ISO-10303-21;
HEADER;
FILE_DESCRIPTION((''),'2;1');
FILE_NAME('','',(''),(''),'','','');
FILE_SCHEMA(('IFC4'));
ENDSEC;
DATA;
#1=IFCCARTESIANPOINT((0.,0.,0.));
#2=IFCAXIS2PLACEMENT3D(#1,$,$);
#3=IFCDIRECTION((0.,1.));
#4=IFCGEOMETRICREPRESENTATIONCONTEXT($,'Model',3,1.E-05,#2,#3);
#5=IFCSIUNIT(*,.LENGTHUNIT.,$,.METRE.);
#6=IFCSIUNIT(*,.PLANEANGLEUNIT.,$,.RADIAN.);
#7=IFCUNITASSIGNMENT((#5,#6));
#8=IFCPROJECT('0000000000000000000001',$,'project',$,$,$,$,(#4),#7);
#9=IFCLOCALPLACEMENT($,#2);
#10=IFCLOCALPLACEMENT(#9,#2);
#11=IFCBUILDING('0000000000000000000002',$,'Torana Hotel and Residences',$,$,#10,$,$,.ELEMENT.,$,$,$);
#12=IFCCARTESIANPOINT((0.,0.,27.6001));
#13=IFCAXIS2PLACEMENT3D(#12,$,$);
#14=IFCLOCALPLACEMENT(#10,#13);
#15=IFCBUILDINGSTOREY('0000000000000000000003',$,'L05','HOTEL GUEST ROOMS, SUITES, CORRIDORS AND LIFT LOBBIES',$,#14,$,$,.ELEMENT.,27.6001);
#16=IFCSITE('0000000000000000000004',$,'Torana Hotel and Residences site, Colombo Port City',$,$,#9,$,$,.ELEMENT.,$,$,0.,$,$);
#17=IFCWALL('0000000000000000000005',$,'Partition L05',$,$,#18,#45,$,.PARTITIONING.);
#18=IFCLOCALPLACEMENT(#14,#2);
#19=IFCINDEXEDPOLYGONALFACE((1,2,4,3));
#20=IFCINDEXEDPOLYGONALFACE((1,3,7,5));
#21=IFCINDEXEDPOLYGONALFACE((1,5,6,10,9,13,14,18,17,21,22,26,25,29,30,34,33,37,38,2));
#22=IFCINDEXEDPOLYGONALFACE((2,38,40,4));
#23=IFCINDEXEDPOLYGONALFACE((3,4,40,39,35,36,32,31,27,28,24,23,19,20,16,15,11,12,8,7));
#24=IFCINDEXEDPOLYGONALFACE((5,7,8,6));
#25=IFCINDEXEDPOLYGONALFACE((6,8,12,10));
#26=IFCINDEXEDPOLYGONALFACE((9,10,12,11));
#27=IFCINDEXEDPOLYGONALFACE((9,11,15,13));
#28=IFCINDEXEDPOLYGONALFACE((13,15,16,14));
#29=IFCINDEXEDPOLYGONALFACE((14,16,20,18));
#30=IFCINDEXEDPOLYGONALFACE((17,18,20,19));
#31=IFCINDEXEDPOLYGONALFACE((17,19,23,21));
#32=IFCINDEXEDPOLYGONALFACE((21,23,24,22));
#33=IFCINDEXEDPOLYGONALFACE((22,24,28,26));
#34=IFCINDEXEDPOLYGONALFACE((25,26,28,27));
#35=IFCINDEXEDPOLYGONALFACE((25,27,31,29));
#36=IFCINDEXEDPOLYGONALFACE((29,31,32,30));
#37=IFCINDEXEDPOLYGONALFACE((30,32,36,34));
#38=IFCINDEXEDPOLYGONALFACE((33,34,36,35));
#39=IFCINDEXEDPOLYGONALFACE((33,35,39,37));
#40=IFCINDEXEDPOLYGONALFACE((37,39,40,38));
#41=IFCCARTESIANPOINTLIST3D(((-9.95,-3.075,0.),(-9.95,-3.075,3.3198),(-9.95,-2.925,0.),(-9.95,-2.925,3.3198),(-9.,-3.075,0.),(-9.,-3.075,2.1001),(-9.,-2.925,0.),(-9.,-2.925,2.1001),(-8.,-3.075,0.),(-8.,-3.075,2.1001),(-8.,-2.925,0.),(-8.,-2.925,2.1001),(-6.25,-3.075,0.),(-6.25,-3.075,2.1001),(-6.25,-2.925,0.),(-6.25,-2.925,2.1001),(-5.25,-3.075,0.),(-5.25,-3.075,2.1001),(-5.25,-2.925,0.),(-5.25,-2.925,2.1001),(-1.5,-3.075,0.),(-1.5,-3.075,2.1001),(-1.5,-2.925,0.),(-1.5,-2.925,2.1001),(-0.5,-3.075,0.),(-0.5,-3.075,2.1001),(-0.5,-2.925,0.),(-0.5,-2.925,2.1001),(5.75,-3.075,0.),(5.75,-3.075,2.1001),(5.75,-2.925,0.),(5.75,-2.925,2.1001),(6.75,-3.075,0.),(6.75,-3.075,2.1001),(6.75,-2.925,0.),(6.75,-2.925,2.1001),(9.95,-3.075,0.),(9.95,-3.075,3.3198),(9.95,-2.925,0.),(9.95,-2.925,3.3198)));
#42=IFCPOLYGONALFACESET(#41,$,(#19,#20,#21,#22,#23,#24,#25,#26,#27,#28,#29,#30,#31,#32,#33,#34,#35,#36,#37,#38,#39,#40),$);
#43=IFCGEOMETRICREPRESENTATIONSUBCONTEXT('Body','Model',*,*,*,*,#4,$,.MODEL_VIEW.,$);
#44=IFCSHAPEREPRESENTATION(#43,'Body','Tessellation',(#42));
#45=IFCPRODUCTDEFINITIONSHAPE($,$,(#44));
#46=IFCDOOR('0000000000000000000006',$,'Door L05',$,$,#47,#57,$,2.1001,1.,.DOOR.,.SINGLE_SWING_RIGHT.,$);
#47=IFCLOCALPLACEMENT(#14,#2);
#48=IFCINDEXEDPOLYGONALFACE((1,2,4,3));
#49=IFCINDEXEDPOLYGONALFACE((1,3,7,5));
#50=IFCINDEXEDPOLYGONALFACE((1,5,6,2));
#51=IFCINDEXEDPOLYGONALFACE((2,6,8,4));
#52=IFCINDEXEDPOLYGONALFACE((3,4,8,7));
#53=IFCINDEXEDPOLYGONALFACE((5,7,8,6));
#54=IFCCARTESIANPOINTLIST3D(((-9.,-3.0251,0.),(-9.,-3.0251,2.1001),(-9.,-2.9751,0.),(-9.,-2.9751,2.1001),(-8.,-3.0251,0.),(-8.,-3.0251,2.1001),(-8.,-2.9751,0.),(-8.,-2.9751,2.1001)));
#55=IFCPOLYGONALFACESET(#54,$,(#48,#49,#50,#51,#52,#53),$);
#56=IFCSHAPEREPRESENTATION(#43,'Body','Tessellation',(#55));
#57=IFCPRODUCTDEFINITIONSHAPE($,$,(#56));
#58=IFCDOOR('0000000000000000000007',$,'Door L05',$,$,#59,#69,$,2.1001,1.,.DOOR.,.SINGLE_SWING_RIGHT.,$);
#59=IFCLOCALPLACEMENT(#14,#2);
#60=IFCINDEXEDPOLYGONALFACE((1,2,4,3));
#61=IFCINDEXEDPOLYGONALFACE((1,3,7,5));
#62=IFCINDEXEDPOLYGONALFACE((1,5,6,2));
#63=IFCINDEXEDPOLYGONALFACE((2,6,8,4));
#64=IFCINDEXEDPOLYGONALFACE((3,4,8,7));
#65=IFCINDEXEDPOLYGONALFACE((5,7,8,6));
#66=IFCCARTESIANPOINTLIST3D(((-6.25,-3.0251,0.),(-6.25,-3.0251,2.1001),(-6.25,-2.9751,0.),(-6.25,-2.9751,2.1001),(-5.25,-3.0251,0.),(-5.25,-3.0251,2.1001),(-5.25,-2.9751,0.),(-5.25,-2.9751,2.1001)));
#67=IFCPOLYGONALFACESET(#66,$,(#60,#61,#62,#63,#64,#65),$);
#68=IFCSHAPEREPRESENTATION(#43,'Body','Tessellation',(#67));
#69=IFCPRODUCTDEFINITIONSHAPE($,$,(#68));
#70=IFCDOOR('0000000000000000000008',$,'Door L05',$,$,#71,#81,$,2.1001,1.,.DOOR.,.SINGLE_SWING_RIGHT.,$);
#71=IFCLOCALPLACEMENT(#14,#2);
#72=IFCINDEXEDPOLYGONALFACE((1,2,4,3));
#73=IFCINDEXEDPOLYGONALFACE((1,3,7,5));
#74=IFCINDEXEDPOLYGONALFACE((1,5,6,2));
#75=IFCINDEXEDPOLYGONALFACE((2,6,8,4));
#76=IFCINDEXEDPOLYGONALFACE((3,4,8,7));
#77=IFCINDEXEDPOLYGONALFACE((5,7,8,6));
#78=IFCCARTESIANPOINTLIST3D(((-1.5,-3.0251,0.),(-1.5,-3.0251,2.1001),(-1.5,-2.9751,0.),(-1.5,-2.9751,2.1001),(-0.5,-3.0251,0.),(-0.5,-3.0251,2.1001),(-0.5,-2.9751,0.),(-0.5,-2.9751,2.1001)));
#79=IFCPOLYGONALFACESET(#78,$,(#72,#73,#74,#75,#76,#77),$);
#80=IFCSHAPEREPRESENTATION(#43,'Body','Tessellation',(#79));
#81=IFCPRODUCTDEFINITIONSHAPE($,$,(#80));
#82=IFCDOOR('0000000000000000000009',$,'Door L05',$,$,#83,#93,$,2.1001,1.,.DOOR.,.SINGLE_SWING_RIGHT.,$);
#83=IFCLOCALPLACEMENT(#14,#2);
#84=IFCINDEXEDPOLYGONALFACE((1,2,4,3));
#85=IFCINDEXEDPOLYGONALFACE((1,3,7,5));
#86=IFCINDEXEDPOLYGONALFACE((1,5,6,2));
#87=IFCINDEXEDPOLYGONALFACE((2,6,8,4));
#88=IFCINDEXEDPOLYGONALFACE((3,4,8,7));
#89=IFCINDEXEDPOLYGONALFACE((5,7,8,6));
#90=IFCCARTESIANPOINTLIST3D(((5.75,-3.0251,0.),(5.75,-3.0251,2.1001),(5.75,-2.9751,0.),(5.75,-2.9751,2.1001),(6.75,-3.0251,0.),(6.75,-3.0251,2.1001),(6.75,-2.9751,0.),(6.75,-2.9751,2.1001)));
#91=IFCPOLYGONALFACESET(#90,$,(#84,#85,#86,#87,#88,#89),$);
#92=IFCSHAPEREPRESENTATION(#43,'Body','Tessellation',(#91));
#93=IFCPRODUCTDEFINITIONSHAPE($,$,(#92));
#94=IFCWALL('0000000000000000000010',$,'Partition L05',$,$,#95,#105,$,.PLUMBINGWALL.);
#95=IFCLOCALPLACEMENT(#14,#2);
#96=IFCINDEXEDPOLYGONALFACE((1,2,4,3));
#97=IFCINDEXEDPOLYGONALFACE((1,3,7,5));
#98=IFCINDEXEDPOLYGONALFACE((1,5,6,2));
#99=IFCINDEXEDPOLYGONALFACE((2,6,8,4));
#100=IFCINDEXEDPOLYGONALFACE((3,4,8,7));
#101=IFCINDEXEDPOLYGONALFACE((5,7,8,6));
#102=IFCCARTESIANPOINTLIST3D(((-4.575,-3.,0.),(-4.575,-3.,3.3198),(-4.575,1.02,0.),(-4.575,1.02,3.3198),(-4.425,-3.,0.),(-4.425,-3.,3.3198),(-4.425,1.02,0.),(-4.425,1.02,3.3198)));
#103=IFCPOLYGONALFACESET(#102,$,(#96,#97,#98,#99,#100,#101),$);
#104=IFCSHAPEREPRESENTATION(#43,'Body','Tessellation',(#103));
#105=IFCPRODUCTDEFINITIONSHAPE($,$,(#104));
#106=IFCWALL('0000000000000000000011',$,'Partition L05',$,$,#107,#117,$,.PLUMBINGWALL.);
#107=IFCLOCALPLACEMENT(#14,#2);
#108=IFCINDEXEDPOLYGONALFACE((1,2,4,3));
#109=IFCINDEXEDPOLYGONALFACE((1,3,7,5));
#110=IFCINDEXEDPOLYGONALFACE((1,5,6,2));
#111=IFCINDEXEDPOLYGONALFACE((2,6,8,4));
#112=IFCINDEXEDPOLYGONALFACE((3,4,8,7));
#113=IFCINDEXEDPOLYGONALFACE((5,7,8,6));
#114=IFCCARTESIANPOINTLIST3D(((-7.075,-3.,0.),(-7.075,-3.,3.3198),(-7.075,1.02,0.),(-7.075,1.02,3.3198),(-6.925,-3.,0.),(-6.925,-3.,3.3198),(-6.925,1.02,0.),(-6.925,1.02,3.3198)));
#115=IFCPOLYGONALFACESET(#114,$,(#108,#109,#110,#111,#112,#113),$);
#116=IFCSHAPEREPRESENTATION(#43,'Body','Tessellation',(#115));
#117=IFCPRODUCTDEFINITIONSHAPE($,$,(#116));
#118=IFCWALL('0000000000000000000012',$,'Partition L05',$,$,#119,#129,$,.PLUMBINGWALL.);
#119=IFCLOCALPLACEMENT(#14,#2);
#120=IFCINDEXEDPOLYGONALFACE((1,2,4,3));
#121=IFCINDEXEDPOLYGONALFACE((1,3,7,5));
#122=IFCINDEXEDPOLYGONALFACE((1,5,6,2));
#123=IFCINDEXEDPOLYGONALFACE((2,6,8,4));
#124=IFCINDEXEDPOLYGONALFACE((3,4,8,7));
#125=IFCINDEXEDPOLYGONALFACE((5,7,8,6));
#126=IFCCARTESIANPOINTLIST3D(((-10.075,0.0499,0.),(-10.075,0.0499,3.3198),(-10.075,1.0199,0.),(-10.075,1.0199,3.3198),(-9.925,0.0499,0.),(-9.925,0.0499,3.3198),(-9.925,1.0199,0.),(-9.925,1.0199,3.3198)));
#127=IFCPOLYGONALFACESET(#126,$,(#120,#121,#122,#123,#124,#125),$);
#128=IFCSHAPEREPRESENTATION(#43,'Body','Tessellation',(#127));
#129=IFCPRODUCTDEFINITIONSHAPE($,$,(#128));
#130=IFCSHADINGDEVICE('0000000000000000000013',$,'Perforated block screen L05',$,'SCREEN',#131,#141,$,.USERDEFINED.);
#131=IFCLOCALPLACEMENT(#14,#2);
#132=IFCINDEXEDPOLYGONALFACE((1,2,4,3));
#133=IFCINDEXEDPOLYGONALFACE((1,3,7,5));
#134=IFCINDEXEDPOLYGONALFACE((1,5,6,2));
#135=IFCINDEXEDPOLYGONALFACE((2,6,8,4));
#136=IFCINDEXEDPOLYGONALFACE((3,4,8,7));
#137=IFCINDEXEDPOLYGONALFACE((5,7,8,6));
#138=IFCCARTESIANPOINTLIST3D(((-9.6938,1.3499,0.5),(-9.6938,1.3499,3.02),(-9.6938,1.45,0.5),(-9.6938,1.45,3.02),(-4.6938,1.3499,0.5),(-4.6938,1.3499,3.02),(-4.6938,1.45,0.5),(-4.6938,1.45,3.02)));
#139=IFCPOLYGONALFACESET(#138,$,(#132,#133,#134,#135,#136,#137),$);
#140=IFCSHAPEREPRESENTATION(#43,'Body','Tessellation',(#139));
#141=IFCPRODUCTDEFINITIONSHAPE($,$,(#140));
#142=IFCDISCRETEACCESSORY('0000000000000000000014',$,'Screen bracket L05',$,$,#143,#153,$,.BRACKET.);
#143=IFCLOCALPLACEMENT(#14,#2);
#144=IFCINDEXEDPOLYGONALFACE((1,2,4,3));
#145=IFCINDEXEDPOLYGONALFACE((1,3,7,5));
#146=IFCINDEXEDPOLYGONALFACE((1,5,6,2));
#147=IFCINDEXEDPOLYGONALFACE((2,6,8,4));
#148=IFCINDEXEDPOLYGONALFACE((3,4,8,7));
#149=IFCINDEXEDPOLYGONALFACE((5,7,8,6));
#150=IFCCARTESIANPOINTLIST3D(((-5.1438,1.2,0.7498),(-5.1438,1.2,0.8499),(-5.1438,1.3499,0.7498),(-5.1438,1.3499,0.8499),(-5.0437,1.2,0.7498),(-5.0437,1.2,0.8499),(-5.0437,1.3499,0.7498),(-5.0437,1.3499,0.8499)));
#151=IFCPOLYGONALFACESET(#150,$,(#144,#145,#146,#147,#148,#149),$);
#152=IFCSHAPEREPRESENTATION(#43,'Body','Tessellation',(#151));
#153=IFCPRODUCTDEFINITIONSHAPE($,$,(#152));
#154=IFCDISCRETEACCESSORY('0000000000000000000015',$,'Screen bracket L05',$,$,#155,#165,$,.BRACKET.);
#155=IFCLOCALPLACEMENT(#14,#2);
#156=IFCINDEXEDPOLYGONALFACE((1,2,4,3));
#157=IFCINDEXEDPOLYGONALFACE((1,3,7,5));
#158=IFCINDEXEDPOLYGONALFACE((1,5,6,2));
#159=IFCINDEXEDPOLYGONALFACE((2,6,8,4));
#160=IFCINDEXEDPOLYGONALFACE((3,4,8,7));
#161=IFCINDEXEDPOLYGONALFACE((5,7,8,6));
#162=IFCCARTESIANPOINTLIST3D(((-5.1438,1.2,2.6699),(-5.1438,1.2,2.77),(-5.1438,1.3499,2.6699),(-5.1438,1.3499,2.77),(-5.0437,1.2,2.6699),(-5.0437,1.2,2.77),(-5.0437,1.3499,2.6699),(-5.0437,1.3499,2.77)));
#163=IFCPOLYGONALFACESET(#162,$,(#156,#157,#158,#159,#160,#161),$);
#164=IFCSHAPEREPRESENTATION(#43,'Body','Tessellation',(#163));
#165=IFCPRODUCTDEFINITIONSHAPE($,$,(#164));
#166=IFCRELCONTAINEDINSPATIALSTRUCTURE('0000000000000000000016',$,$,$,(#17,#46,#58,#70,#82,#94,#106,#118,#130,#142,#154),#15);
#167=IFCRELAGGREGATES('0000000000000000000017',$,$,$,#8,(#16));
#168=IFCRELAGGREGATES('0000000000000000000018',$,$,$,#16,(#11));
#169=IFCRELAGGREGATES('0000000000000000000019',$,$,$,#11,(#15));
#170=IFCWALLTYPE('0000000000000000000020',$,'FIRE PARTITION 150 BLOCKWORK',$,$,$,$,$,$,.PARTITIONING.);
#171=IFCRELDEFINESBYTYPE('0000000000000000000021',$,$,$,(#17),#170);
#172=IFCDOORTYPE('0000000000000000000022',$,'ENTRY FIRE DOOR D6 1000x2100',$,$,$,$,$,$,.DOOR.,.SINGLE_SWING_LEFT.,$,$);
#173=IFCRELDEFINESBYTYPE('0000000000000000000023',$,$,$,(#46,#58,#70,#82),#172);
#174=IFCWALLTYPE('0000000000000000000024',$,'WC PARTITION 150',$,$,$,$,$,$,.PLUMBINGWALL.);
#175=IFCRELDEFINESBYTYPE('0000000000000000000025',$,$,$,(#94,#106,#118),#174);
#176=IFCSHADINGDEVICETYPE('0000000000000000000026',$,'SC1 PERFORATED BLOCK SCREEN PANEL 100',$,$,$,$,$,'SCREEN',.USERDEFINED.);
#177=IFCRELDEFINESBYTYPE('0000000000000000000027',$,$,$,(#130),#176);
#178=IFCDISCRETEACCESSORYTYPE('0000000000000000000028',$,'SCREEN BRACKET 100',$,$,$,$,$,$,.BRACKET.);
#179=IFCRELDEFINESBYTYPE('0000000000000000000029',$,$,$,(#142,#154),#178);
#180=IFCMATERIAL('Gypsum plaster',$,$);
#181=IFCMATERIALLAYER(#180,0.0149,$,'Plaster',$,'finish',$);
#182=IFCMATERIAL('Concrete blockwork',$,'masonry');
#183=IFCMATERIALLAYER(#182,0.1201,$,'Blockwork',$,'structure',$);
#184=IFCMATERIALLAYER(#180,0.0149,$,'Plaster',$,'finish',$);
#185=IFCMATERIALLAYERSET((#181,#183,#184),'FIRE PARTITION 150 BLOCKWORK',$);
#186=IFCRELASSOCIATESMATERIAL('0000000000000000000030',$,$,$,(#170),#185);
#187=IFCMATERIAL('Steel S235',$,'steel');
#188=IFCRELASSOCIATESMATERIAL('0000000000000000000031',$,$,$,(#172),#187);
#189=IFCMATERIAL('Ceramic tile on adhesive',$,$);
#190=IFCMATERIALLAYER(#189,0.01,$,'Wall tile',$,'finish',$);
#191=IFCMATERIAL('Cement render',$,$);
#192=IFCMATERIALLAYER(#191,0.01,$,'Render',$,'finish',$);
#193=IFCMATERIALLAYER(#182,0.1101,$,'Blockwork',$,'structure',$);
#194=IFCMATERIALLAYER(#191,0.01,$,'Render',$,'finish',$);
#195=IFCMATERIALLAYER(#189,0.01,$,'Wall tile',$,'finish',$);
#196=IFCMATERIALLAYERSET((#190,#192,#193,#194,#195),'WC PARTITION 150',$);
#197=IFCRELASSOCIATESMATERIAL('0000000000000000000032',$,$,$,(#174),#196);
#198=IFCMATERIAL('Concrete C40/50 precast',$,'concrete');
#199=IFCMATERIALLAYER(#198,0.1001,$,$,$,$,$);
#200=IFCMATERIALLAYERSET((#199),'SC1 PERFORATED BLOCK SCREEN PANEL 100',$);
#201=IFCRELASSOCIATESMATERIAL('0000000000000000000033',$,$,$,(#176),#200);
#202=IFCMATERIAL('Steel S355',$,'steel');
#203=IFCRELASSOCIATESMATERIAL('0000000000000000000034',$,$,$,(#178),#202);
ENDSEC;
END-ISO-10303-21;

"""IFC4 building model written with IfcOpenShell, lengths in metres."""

from ifc_helpers import new_model, si_unit, direction, frame, frame_2d, origin, origin_2d, place, context, subcontext, project, spatial, rectangle, extrude, material, layer, layer_set, type_object, element, fill, save


model = new_model("IFC4")

# Units and contexts
model_context = context("Model", 3, precision=1e-05, world=origin(), true_north=direction((0.0, 1.0)))
body_context = subcontext(model_context, "Body", "Model", "MODEL_VIEW")
ifc_project = project(units=[si_unit("LENGTHUNIT", "METRE"), si_unit("PLANEANGLEUNIT", "RADIAN")], contexts=[model_context])

# Site, building, storey
site_placement = place(None, origin())
site = spatial("IfcSite", under=ifc_project, at=site_placement, Name="Torana Hotel and Residences site, Colombo Port City", CompositionType="ELEMENT", RefElevation=0.0)
building_placement = place(site_placement, origin())
building = spatial("IfcBuilding", under=site, at=building_placement, Name="Torana Hotel and Residences", CompositionType="ELEMENT")
storey_placement = place(building_placement, frame((0.0, 0.0, 27.6001)))
storey = spatial("IfcBuildingStorey", under=building, at=storey_placement, Name="L05", Description="HOTEL GUEST ROOMS, SUITES, CORRIDORS AND LIFT LOBBIES", CompositionType="ELEMENT", Elevation=27.6001)

# Shared definitions
ifc_material_1 = material(Name="Gypsum plaster")
ifc_layer_1 = layer(ifc_material_1, 0.0149, Name="Plaster", Category="finish")
ifc_material_2 = material(Name="Concrete blockwork", Category="masonry")
ifc_layer_2 = layer(ifc_material_2, 0.1201, Name="Blockwork", Category="structure")
ifc_layer_3 = layer(ifc_material_1, 0.0149, Name="Plaster", Category="finish")
ifc_layer_set_1 = layer_set([ifc_layer_1, ifc_layer_2, ifc_layer_3], Name="FIRE PARTITION 150 BLOCKWORK")
wall_type_1 = type_object("IfcWallType", Name="FIRE PARTITION 150 BLOCKWORK", PredefinedType="PARTITIONING", material=ifc_layer_set_1)

# Wall, openings, doors
ifc_material_3 = material(Name="Steel S235", Category="steel")
door_type = type_object("IfcDoorType", Name="ENTRY FIRE DOOR D6 1000x2100", OperationType="SINGLE_SWING_LEFT", PredefinedType="DOOR", material=ifc_material_3)
wall_1_placement = place(storey_placement, frame((-9.95, -3.0, 0.0), z_axis=(0.0, 0.0, 1.0), x_axis=(1.0, 0.0, 0.0)))
wall_1 = element("IfcWall", 1, at=wall_1_placement, inside=storey, type_object=wall_type_1, Name="Partition L05", PredefinedType="PARTITIONING", context=body_context, shape_type="SweptSolid", body=[
    extrude(rectangle(XDim=19.8999, YDim=0.1499, at=frame_2d((9.95, 0.0))), origin(), (0.0, 0.0, 1.0), 3.3198),
])
opening_1_placement = place(wall_1_placement, frame((0.95, 0.0, 0.0)))
opening_1 = element("IfcOpeningElement", 2, at=opening_1_placement, cuts=wall_1, PredefinedType="OPENING", context=body_context, shape_type="SweptSolid", body=[
    extrude(rectangle(XDim=1.0, YDim=2.1001, at=frame_2d((0.5, 1.05))), frame((0.0, 0.085, 0.0), z_axis=(0.0, -1.0, 0.0), x_axis=(1.0, 0.0, 0.0)), (0.0, 0.0, 1.0), 0.1699),
])
opening_2_placement = place(wall_1_placement, frame((3.7, 0.0, 0.0)))
opening_2 = element("IfcOpeningElement", 3, at=opening_2_placement, cuts=wall_1, PredefinedType="OPENING", context=body_context, shape_type="SweptSolid", body=[
    extrude(rectangle(XDim=1.0, YDim=2.1001, at=frame_2d((0.5, 1.05))), frame((0.0, 0.085, 0.0), z_axis=(0.0, -1.0, 0.0), x_axis=(1.0, 0.0, 0.0)), (0.0, 0.0, 1.0), 0.1699),
])
opening_3_placement = place(wall_1_placement, frame((8.45, 0.0, 0.0)))
opening_3 = element("IfcOpeningElement", 4, at=opening_3_placement, cuts=wall_1, PredefinedType="OPENING", context=body_context, shape_type="SweptSolid", body=[
    extrude(rectangle(XDim=1.0, YDim=2.1001, at=frame_2d((0.5, 1.05))), frame((0.0, 0.085, 0.0), z_axis=(0.0, -1.0, 0.0), x_axis=(1.0, 0.0, 0.0)), (0.0, 0.0, 1.0), 0.1699),
])
opening_4_placement = place(wall_1_placement, frame((15.7, 0.0, 0.0)))
opening_4 = element("IfcOpeningElement", 5, at=opening_4_placement, cuts=wall_1, PredefinedType="OPENING", context=body_context, shape_type="SweptSolid", body=[
    extrude(rectangle(XDim=1.0, YDim=2.1001, at=frame_2d((0.5, 1.05))), frame((0.0, 0.085, 0.0), z_axis=(0.0, -1.0, 0.0), x_axis=(1.0, 0.0, 0.0)), (0.0, 0.0, 1.0), 0.1699),
])
door_1_placement = place(opening_1_placement, origin())
door_1 = element("IfcDoor", 6, at=door_1_placement, inside=storey, type_object=door_type, Name="Door L05", OperationType="SINGLE_SWING_RIGHT", OverallHeight=2.1001, OverallWidth=1.0, PredefinedType="DOOR", context=body_context, shape_type="SweptSolid", body=[
    extrude(rectangle(XDim=1.0, YDim=2.1001, at=frame_2d((0.5, 1.05))), frame((0.0, 0.0249, 0.0), z_axis=(0.0, -1.0, 0.0), x_axis=(1.0, 0.0, 0.0)), (0.0, 0.0, 1.0), 0.05),
])
fill(opening_1, door_1)
door_2_placement = place(opening_2_placement, origin())
door_2 = element("IfcDoor", 7, at=door_2_placement, inside=storey, type_object=door_type, Name="Door L05", OperationType="SINGLE_SWING_RIGHT", OverallHeight=2.1001, OverallWidth=1.0, PredefinedType="DOOR", context=body_context, shape_type="SweptSolid", body=[
    extrude(rectangle(XDim=1.0, YDim=2.1001, at=frame_2d((0.5, 1.05))), frame((0.0, 0.0249, 0.0), z_axis=(0.0, -1.0, 0.0), x_axis=(1.0, 0.0, 0.0)), (0.0, 0.0, 1.0), 0.05),
])
fill(opening_2, door_2)
door_3_placement = place(opening_3_placement, origin())
door_3 = element("IfcDoor", 8, at=door_3_placement, inside=storey, type_object=door_type, Name="Door L05", OperationType="SINGLE_SWING_RIGHT", OverallHeight=2.1001, OverallWidth=1.0, PredefinedType="DOOR", context=body_context, shape_type="SweptSolid", body=[
    extrude(rectangle(XDim=1.0, YDim=2.1001, at=frame_2d((0.5, 1.05))), frame((0.0, 0.0249, 0.0), z_axis=(0.0, -1.0, 0.0), x_axis=(1.0, 0.0, 0.0)), (0.0, 0.0, 1.0), 0.05),
])
fill(opening_3, door_3)
door_4_placement = place(opening_4_placement, origin())
door_4 = element("IfcDoor", 9, at=door_4_placement, inside=storey, type_object=door_type, Name="Door L05", OperationType="SINGLE_SWING_RIGHT", OverallHeight=2.1001, OverallWidth=1.0, PredefinedType="DOOR", context=body_context, shape_type="SweptSolid", body=[
    extrude(rectangle(XDim=1.0, YDim=2.1001, at=frame_2d((0.5, 1.05))), frame((0.0, 0.0249, 0.0), z_axis=(0.0, -1.0, 0.0), x_axis=(1.0, 0.0, 0.0)), (0.0, 0.0, 1.0), 0.05),
])
fill(opening_4, door_4)

# Walls
ifc_material_4 = material(Name="Ceramic tile on adhesive")
ifc_layer_4 = layer(ifc_material_4, 0.01, Name="Wall tile", Category="finish")
ifc_material_5 = material(Name="Cement render")
ifc_layer_5 = layer(ifc_material_5, 0.01, Name="Render", Category="finish")
ifc_layer_6 = layer(ifc_material_2, 0.1101, Name="Blockwork", Category="structure")
ifc_layer_7 = layer(ifc_material_5, 0.01, Name="Render", Category="finish")
ifc_layer_8 = layer(ifc_material_4, 0.01, Name="Wall tile", Category="finish")
ifc_layer_set_2 = layer_set([ifc_layer_4, ifc_layer_5, ifc_layer_6, ifc_layer_7, ifc_layer_8], Name="WC PARTITION 150")
wall_type_2 = type_object("IfcWallType", Name="WC PARTITION 150", PredefinedType="PLUMBINGWALL", material=ifc_layer_set_2)
for number, where, z_axis, x_axis, name in (
    (10, (-4.5, -3.0, 0.0), (0.0, 0.0, 1.0), (0.0, 1.0, 0.0), "Partition L05"),
    (11, (-7.0, -3.0, 0.0), (0.0, 0.0, 1.0), (0.0, 1.0, 0.0), "Partition L05"),
):
    element("IfcWall", number, at=place(storey_placement, frame(where, z_axis=z_axis, x_axis=x_axis)), inside=storey, type_object=wall_type_2, Name=name, PredefinedType="PLUMBINGWALL", context=body_context, shape_type="SweptSolid", body=[
        extrude(rectangle(XDim=4.02, YDim=0.1499, at=frame_2d((2.01, 0.0))), origin(), (0.0, 0.0, 1.0), 3.3198),
    ])
wall_2_placement = place(storey_placement, frame((-10.0, 0.05, 0.0), z_axis=(0.0, 0.0, 1.0), x_axis=(0.0, 1.0, 0.0)))
element("IfcWall", 12, at=wall_2_placement, inside=storey, type_object=wall_type_2, Name="Partition L05", PredefinedType="PLUMBINGWALL", context=body_context, shape_type="SweptSolid", body=[
    extrude(rectangle(XDim=0.97, YDim=0.1499, at=frame_2d((0.4849, 0.0))), origin(), (0.0, 0.0, 1.0), 3.3198),
])

# Shading device
ifc_material_6 = material(Name="Concrete C40/50 precast", Category="concrete")
ifc_layer_9 = layer(ifc_material_6, 0.1001)
ifc_layer_set_3 = layer_set([ifc_layer_9], Name="SC1 PERFORATED BLOCK SCREEN PANEL 100")
shading_device_type = type_object("IfcShadingDeviceType", Name="SC1 PERFORATED BLOCK SCREEN PANEL 100", ElementType="SCREEN", PredefinedType="USERDEFINED", material=ifc_layer_set_3)
shading_device_placement = place(storey_placement, frame((-7.1938, 1.3999, 0.5), z_axis=(0.0, 0.0, 1.0), x_axis=(-1.0, 0.0, 0.0)))
element("IfcShadingDevice", 13, at=shading_device_placement, inside=storey, type_object=shading_device_type, Name="Perforated block screen L05", ObjectType="SCREEN", PredefinedType="USERDEFINED", context=body_context, shape_type="SweptSolid", body=[
    extrude(rectangle(XDim=5.0, YDim=0.1001, at=origin_2d()), origin(), (0.0, 0.0, 1.0), 2.52),
])

# Discrete accessories
ifc_material_7 = material(Name="Steel S355", Category="steel")
discrete_accessory_type = type_object("IfcDiscreteAccessoryType", Name="SCREEN BRACKET 100", PredefinedType="BRACKET", material=ifc_material_7)
for number, where, z_axis, x_axis, name in (
    (14, (-5.0938, 1.2749, 0.7498), (0.0, 0.0, 1.0), (-1.0, 0.0, 0.0), "Screen bracket L05"),
    (15, (-5.0938, 1.2749, 2.6699), (0.0, 0.0, 1.0), (-1.0, 0.0, 0.0), "Screen bracket L05"),
):
    element("IfcDiscreteAccessory", number, at=place(storey_placement, frame(where, z_axis=z_axis, x_axis=x_axis)), inside=storey, type_object=discrete_accessory_type, Name=name, PredefinedType="BRACKET", context=body_context, shape_type="SweptSolid", body=[
        extrude(rectangle(XDim=0.1001, YDim=0.1499, at=origin_2d()), origin(), (0.0, 0.0, 1.0), 0.1001),
    ])

save(model, "model.ifc")
